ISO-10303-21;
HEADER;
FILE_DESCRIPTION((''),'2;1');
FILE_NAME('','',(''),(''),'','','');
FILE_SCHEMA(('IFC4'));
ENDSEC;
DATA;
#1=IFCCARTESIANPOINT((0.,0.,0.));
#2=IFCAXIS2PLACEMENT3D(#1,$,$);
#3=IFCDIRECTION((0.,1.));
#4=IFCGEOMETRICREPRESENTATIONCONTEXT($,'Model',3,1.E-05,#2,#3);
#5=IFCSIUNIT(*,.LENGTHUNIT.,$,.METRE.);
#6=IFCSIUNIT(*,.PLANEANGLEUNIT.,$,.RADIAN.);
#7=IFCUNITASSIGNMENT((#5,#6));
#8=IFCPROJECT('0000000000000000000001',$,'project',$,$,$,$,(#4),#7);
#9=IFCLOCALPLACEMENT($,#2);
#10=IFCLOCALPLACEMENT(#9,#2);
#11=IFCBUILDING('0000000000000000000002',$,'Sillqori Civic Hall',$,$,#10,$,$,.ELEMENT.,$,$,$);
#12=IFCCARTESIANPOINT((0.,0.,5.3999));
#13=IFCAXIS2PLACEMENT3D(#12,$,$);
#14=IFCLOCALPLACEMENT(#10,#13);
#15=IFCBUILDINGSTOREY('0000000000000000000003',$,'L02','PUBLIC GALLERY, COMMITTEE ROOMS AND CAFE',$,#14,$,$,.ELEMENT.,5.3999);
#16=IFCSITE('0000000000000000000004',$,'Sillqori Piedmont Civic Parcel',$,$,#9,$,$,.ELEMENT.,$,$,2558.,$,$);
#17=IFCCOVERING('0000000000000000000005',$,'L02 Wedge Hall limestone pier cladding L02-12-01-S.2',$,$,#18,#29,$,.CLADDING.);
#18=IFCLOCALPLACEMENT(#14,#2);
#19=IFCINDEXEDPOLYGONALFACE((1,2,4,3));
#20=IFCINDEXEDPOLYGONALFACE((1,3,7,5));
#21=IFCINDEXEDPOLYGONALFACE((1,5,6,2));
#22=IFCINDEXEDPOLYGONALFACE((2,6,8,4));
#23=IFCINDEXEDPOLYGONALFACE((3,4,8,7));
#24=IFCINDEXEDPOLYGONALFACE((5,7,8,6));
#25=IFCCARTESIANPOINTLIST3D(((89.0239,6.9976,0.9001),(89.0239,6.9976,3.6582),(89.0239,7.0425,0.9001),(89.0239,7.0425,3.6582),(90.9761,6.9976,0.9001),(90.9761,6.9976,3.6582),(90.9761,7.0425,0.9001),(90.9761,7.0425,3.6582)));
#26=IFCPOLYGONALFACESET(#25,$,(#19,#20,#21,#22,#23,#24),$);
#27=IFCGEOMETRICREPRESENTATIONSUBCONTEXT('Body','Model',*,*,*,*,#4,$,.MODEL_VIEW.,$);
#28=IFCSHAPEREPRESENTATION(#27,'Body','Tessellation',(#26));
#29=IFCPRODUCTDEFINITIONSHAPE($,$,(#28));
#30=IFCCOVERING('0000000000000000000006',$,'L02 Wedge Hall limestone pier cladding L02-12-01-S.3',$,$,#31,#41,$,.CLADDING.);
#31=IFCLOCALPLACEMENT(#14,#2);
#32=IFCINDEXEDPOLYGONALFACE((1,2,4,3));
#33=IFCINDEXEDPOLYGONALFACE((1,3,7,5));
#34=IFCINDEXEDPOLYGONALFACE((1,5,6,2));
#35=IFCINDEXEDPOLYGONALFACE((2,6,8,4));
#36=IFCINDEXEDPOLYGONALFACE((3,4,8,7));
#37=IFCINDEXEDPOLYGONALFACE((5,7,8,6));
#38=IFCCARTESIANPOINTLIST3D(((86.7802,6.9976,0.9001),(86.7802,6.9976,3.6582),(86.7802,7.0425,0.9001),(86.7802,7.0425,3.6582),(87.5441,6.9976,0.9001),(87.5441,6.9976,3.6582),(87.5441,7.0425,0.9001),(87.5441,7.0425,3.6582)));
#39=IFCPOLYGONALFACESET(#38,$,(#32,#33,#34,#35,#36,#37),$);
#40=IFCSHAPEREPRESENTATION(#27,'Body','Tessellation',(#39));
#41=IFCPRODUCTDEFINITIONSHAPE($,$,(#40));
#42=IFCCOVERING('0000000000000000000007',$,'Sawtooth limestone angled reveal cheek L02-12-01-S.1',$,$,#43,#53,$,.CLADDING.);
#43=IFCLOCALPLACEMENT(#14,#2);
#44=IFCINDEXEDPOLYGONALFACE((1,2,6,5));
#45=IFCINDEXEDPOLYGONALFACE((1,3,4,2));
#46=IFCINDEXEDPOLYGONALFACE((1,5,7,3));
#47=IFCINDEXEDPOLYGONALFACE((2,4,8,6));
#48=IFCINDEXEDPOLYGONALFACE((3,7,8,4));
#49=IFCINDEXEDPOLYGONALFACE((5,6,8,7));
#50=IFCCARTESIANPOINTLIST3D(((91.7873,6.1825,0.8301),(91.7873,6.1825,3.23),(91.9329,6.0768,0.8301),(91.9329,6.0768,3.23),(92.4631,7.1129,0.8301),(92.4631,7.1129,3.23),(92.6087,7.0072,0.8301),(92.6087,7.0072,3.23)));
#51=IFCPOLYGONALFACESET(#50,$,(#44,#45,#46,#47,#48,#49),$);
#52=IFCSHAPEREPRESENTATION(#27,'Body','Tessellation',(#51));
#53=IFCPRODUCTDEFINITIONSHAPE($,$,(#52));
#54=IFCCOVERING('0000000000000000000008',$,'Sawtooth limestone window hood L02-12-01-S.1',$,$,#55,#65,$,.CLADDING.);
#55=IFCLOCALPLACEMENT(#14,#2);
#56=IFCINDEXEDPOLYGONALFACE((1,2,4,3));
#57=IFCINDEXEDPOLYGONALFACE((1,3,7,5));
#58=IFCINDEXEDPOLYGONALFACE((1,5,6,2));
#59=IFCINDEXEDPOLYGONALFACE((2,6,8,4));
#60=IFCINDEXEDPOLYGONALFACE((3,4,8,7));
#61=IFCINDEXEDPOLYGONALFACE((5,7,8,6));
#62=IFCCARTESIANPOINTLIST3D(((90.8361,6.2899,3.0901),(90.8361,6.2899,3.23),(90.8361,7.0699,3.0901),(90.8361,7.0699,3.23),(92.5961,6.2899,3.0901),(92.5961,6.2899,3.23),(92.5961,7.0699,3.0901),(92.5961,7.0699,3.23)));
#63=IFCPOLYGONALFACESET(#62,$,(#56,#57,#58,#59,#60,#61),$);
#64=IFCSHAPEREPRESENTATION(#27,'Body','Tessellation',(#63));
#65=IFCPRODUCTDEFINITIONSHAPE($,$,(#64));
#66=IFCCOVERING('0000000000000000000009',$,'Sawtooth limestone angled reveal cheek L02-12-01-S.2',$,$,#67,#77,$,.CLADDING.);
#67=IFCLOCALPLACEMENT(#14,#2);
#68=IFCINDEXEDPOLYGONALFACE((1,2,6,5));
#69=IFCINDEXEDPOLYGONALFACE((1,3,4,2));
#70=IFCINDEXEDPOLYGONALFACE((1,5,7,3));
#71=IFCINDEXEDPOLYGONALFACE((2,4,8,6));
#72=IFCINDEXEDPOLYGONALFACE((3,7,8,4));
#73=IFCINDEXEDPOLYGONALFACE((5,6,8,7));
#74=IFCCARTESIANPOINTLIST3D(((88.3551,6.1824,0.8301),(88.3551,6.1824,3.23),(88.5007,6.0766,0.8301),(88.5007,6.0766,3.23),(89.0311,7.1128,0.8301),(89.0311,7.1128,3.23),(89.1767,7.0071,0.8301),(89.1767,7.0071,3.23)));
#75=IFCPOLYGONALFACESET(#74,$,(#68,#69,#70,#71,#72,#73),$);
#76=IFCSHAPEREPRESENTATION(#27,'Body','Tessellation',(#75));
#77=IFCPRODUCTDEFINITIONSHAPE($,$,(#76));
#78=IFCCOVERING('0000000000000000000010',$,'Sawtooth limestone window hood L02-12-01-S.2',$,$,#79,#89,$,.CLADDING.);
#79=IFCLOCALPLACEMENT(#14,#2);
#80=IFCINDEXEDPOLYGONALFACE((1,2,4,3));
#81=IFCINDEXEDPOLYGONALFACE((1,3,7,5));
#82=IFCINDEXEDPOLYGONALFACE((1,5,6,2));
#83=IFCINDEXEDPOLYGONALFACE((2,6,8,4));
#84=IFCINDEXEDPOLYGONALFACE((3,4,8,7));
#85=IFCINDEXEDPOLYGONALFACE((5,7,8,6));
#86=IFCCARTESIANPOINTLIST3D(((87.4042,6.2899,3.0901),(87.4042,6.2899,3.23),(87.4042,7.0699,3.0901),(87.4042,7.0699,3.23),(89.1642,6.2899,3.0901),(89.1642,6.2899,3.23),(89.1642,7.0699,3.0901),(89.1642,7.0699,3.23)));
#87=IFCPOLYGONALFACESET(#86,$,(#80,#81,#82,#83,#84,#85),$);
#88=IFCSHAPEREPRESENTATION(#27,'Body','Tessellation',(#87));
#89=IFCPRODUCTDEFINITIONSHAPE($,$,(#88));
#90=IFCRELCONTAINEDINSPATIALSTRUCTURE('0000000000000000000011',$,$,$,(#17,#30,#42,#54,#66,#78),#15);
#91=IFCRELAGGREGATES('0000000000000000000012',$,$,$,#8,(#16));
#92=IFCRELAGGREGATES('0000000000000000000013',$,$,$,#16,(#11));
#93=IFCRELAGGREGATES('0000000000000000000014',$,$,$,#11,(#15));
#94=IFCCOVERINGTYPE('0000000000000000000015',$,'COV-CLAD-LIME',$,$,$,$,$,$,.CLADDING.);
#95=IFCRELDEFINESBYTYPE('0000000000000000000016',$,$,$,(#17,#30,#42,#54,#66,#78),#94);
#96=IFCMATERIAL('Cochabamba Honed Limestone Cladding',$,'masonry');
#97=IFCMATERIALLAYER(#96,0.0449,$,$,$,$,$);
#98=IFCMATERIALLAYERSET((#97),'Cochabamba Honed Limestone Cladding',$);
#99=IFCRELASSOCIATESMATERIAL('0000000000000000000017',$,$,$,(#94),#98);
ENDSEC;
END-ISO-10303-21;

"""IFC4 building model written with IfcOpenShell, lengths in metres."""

from ifc_helpers import new_model, si_unit, direction, frame, frame_2d, origin, place, context, subcontext, project, spatial, rectangle, extrude, material, layer, layer_set, type_object, element, save


model = new_model("IFC4")

# Units and contexts
model_context = context("Model", 3, precision=1e-05, world=origin(), true_north=direction((0.0, 1.0)))
body_context = subcontext(model_context, "Body", "Model", "MODEL_VIEW")
ifc_project = project(units=[si_unit("LENGTHUNIT", "METRE"), si_unit("PLANEANGLEUNIT", "RADIAN")], contexts=[model_context])

# Site, building, storey
site_placement = place(None, origin())
site = spatial("IfcSite", under=ifc_project, at=site_placement, Name="Sillqori Piedmont Civic Parcel", CompositionType="ELEMENT", RefElevation=2558.0)
building_placement = place(site_placement, origin())
building = spatial("IfcBuilding", under=site, at=building_placement, Name="Sillqori Civic Hall", CompositionType="ELEMENT")
storey_placement = place(building_placement, frame((0.0, 0.0, 5.3999)))
storey = spatial("IfcBuildingStorey", under=building, at=storey_placement, Name="L02", Description="PUBLIC GALLERY, COMMITTEE ROOMS AND CAFE", CompositionType="ELEMENT", Elevation=5.3999)

# Coverings
ifc_material_1 = material(Name="Cochabamba Honed Limestone Cladding", Category="masonry")
ifc_layer_1 = layer(ifc_material_1, 0.0449)
ifc_layer_set_1 = layer_set([ifc_layer_1], Name="Cochabamba Honed Limestone Cladding")
covering_type = type_object("IfcCoveringType", Name="COV-CLAD-LIME", PredefinedType="CLADDING", material=ifc_layer_set_1)
covering_1_placement = place(storey_placement, frame((90.9761, 7.02, 0.9001), z_axis=(0.0, 0.0, 1.0), x_axis=(-1.0, 0.0, 0.0)))
element("IfcCovering", 1, at=covering_1_placement, inside=storey, type_object=covering_type, Name="L02 Wedge Hall limestone pier cladding L02-12-01-S.2", PredefinedType="CLADDING", context=body_context, shape_type="SweptSolid", body=[
    extrude(rectangle(XDim=1.9521, YDim=0.0449, at=frame_2d((0.9761, 0.0))), origin(), (0.0, 0.0, 1.0), 2.7581),
])
covering_2_placement = place(storey_placement, frame((87.5439, 7.02, 0.9001), z_axis=(0.0, 0.0, 1.0), x_axis=(-1.0, 0.0, 0.0)))
element("IfcCovering", 2, at=covering_2_placement, inside=storey, type_object=covering_type, Name="L02 Wedge Hall limestone pier cladding L02-12-01-S.3", PredefinedType="CLADDING", context=body_context, shape_type="SweptSolid", body=[
    extrude(rectangle(XDim=0.7639, YDim=0.0449, at=frame_2d((0.3818, 0.0))), origin(), (0.0, 0.0, 1.0), 2.7581),
])
covering_3_placement = place(storey_placement, frame((92.5359, 7.0601, 0.8301), z_axis=(0.0, 0.0, 1.0), x_axis=(-0.587667, -0.809103, 0.0)))
element("IfcCovering", 3, at=covering_3_placement, inside=storey, type_object=covering_type, Name="Sawtooth limestone angled reveal cheek L02-12-01-S.1", PredefinedType="CLADDING", context=body_context, shape_type="SweptSolid", body=[
    extrude(rectangle(XDim=1.1499, YDim=0.1799, at=frame_2d((0.575, 0.0))), origin(), (0.0, 0.0, 1.0), 2.3999),
])
covering_4_placement = place(storey_placement, frame((92.5959, 6.6799, 3.0901), z_axis=(0.0, 0.0, 1.0), x_axis=(-1.0, 0.0, 0.0)))
element("IfcCovering", 4, at=covering_4_placement, inside=storey, type_object=covering_type, Name="Sawtooth limestone window hood L02-12-01-S.1", PredefinedType="CLADDING", context=body_context, shape_type="SweptSolid", body=[
    extrude(rectangle(XDim=1.76, YDim=0.78, at=frame_2d((0.8799, 0.0))), origin(), (0.0, 0.0, 1.0), 0.1399),
])
covering_5_placement = place(storey_placement, frame((89.104, 7.0601, 0.8301), z_axis=(0.0, 0.0, 1.0), x_axis=(-0.587806, -0.809002, 0.0)))
element("IfcCovering", 5, at=covering_5_placement, inside=storey, type_object=covering_type, Name="Sawtooth limestone angled reveal cheek L02-12-01-S.2", PredefinedType="CLADDING", context=body_context, shape_type="SweptSolid", body=[
    extrude(rectangle(XDim=1.1501, YDim=0.1799, at=frame_2d((0.5752, 0.0))), origin(), (0.0, 0.0, 1.0), 2.3999),
])
covering_6_placement = place(storey_placement, frame((89.1641, 6.6799, 3.0901), z_axis=(0.0, 0.0, 1.0), x_axis=(-1.0, 0.0, 0.0)))
element("IfcCovering", 6, at=covering_6_placement, inside=storey, type_object=covering_type, Name="Sawtooth limestone window hood L02-12-01-S.2", PredefinedType="CLADDING", context=body_context, shape_type="SweptSolid", body=[
    extrude(rectangle(XDim=1.76, YDim=0.78, at=frame_2d((0.8799, 0.0))), origin(), (0.0, 0.0, 1.0), 0.1399),
])

save(model, "model.ifc")
